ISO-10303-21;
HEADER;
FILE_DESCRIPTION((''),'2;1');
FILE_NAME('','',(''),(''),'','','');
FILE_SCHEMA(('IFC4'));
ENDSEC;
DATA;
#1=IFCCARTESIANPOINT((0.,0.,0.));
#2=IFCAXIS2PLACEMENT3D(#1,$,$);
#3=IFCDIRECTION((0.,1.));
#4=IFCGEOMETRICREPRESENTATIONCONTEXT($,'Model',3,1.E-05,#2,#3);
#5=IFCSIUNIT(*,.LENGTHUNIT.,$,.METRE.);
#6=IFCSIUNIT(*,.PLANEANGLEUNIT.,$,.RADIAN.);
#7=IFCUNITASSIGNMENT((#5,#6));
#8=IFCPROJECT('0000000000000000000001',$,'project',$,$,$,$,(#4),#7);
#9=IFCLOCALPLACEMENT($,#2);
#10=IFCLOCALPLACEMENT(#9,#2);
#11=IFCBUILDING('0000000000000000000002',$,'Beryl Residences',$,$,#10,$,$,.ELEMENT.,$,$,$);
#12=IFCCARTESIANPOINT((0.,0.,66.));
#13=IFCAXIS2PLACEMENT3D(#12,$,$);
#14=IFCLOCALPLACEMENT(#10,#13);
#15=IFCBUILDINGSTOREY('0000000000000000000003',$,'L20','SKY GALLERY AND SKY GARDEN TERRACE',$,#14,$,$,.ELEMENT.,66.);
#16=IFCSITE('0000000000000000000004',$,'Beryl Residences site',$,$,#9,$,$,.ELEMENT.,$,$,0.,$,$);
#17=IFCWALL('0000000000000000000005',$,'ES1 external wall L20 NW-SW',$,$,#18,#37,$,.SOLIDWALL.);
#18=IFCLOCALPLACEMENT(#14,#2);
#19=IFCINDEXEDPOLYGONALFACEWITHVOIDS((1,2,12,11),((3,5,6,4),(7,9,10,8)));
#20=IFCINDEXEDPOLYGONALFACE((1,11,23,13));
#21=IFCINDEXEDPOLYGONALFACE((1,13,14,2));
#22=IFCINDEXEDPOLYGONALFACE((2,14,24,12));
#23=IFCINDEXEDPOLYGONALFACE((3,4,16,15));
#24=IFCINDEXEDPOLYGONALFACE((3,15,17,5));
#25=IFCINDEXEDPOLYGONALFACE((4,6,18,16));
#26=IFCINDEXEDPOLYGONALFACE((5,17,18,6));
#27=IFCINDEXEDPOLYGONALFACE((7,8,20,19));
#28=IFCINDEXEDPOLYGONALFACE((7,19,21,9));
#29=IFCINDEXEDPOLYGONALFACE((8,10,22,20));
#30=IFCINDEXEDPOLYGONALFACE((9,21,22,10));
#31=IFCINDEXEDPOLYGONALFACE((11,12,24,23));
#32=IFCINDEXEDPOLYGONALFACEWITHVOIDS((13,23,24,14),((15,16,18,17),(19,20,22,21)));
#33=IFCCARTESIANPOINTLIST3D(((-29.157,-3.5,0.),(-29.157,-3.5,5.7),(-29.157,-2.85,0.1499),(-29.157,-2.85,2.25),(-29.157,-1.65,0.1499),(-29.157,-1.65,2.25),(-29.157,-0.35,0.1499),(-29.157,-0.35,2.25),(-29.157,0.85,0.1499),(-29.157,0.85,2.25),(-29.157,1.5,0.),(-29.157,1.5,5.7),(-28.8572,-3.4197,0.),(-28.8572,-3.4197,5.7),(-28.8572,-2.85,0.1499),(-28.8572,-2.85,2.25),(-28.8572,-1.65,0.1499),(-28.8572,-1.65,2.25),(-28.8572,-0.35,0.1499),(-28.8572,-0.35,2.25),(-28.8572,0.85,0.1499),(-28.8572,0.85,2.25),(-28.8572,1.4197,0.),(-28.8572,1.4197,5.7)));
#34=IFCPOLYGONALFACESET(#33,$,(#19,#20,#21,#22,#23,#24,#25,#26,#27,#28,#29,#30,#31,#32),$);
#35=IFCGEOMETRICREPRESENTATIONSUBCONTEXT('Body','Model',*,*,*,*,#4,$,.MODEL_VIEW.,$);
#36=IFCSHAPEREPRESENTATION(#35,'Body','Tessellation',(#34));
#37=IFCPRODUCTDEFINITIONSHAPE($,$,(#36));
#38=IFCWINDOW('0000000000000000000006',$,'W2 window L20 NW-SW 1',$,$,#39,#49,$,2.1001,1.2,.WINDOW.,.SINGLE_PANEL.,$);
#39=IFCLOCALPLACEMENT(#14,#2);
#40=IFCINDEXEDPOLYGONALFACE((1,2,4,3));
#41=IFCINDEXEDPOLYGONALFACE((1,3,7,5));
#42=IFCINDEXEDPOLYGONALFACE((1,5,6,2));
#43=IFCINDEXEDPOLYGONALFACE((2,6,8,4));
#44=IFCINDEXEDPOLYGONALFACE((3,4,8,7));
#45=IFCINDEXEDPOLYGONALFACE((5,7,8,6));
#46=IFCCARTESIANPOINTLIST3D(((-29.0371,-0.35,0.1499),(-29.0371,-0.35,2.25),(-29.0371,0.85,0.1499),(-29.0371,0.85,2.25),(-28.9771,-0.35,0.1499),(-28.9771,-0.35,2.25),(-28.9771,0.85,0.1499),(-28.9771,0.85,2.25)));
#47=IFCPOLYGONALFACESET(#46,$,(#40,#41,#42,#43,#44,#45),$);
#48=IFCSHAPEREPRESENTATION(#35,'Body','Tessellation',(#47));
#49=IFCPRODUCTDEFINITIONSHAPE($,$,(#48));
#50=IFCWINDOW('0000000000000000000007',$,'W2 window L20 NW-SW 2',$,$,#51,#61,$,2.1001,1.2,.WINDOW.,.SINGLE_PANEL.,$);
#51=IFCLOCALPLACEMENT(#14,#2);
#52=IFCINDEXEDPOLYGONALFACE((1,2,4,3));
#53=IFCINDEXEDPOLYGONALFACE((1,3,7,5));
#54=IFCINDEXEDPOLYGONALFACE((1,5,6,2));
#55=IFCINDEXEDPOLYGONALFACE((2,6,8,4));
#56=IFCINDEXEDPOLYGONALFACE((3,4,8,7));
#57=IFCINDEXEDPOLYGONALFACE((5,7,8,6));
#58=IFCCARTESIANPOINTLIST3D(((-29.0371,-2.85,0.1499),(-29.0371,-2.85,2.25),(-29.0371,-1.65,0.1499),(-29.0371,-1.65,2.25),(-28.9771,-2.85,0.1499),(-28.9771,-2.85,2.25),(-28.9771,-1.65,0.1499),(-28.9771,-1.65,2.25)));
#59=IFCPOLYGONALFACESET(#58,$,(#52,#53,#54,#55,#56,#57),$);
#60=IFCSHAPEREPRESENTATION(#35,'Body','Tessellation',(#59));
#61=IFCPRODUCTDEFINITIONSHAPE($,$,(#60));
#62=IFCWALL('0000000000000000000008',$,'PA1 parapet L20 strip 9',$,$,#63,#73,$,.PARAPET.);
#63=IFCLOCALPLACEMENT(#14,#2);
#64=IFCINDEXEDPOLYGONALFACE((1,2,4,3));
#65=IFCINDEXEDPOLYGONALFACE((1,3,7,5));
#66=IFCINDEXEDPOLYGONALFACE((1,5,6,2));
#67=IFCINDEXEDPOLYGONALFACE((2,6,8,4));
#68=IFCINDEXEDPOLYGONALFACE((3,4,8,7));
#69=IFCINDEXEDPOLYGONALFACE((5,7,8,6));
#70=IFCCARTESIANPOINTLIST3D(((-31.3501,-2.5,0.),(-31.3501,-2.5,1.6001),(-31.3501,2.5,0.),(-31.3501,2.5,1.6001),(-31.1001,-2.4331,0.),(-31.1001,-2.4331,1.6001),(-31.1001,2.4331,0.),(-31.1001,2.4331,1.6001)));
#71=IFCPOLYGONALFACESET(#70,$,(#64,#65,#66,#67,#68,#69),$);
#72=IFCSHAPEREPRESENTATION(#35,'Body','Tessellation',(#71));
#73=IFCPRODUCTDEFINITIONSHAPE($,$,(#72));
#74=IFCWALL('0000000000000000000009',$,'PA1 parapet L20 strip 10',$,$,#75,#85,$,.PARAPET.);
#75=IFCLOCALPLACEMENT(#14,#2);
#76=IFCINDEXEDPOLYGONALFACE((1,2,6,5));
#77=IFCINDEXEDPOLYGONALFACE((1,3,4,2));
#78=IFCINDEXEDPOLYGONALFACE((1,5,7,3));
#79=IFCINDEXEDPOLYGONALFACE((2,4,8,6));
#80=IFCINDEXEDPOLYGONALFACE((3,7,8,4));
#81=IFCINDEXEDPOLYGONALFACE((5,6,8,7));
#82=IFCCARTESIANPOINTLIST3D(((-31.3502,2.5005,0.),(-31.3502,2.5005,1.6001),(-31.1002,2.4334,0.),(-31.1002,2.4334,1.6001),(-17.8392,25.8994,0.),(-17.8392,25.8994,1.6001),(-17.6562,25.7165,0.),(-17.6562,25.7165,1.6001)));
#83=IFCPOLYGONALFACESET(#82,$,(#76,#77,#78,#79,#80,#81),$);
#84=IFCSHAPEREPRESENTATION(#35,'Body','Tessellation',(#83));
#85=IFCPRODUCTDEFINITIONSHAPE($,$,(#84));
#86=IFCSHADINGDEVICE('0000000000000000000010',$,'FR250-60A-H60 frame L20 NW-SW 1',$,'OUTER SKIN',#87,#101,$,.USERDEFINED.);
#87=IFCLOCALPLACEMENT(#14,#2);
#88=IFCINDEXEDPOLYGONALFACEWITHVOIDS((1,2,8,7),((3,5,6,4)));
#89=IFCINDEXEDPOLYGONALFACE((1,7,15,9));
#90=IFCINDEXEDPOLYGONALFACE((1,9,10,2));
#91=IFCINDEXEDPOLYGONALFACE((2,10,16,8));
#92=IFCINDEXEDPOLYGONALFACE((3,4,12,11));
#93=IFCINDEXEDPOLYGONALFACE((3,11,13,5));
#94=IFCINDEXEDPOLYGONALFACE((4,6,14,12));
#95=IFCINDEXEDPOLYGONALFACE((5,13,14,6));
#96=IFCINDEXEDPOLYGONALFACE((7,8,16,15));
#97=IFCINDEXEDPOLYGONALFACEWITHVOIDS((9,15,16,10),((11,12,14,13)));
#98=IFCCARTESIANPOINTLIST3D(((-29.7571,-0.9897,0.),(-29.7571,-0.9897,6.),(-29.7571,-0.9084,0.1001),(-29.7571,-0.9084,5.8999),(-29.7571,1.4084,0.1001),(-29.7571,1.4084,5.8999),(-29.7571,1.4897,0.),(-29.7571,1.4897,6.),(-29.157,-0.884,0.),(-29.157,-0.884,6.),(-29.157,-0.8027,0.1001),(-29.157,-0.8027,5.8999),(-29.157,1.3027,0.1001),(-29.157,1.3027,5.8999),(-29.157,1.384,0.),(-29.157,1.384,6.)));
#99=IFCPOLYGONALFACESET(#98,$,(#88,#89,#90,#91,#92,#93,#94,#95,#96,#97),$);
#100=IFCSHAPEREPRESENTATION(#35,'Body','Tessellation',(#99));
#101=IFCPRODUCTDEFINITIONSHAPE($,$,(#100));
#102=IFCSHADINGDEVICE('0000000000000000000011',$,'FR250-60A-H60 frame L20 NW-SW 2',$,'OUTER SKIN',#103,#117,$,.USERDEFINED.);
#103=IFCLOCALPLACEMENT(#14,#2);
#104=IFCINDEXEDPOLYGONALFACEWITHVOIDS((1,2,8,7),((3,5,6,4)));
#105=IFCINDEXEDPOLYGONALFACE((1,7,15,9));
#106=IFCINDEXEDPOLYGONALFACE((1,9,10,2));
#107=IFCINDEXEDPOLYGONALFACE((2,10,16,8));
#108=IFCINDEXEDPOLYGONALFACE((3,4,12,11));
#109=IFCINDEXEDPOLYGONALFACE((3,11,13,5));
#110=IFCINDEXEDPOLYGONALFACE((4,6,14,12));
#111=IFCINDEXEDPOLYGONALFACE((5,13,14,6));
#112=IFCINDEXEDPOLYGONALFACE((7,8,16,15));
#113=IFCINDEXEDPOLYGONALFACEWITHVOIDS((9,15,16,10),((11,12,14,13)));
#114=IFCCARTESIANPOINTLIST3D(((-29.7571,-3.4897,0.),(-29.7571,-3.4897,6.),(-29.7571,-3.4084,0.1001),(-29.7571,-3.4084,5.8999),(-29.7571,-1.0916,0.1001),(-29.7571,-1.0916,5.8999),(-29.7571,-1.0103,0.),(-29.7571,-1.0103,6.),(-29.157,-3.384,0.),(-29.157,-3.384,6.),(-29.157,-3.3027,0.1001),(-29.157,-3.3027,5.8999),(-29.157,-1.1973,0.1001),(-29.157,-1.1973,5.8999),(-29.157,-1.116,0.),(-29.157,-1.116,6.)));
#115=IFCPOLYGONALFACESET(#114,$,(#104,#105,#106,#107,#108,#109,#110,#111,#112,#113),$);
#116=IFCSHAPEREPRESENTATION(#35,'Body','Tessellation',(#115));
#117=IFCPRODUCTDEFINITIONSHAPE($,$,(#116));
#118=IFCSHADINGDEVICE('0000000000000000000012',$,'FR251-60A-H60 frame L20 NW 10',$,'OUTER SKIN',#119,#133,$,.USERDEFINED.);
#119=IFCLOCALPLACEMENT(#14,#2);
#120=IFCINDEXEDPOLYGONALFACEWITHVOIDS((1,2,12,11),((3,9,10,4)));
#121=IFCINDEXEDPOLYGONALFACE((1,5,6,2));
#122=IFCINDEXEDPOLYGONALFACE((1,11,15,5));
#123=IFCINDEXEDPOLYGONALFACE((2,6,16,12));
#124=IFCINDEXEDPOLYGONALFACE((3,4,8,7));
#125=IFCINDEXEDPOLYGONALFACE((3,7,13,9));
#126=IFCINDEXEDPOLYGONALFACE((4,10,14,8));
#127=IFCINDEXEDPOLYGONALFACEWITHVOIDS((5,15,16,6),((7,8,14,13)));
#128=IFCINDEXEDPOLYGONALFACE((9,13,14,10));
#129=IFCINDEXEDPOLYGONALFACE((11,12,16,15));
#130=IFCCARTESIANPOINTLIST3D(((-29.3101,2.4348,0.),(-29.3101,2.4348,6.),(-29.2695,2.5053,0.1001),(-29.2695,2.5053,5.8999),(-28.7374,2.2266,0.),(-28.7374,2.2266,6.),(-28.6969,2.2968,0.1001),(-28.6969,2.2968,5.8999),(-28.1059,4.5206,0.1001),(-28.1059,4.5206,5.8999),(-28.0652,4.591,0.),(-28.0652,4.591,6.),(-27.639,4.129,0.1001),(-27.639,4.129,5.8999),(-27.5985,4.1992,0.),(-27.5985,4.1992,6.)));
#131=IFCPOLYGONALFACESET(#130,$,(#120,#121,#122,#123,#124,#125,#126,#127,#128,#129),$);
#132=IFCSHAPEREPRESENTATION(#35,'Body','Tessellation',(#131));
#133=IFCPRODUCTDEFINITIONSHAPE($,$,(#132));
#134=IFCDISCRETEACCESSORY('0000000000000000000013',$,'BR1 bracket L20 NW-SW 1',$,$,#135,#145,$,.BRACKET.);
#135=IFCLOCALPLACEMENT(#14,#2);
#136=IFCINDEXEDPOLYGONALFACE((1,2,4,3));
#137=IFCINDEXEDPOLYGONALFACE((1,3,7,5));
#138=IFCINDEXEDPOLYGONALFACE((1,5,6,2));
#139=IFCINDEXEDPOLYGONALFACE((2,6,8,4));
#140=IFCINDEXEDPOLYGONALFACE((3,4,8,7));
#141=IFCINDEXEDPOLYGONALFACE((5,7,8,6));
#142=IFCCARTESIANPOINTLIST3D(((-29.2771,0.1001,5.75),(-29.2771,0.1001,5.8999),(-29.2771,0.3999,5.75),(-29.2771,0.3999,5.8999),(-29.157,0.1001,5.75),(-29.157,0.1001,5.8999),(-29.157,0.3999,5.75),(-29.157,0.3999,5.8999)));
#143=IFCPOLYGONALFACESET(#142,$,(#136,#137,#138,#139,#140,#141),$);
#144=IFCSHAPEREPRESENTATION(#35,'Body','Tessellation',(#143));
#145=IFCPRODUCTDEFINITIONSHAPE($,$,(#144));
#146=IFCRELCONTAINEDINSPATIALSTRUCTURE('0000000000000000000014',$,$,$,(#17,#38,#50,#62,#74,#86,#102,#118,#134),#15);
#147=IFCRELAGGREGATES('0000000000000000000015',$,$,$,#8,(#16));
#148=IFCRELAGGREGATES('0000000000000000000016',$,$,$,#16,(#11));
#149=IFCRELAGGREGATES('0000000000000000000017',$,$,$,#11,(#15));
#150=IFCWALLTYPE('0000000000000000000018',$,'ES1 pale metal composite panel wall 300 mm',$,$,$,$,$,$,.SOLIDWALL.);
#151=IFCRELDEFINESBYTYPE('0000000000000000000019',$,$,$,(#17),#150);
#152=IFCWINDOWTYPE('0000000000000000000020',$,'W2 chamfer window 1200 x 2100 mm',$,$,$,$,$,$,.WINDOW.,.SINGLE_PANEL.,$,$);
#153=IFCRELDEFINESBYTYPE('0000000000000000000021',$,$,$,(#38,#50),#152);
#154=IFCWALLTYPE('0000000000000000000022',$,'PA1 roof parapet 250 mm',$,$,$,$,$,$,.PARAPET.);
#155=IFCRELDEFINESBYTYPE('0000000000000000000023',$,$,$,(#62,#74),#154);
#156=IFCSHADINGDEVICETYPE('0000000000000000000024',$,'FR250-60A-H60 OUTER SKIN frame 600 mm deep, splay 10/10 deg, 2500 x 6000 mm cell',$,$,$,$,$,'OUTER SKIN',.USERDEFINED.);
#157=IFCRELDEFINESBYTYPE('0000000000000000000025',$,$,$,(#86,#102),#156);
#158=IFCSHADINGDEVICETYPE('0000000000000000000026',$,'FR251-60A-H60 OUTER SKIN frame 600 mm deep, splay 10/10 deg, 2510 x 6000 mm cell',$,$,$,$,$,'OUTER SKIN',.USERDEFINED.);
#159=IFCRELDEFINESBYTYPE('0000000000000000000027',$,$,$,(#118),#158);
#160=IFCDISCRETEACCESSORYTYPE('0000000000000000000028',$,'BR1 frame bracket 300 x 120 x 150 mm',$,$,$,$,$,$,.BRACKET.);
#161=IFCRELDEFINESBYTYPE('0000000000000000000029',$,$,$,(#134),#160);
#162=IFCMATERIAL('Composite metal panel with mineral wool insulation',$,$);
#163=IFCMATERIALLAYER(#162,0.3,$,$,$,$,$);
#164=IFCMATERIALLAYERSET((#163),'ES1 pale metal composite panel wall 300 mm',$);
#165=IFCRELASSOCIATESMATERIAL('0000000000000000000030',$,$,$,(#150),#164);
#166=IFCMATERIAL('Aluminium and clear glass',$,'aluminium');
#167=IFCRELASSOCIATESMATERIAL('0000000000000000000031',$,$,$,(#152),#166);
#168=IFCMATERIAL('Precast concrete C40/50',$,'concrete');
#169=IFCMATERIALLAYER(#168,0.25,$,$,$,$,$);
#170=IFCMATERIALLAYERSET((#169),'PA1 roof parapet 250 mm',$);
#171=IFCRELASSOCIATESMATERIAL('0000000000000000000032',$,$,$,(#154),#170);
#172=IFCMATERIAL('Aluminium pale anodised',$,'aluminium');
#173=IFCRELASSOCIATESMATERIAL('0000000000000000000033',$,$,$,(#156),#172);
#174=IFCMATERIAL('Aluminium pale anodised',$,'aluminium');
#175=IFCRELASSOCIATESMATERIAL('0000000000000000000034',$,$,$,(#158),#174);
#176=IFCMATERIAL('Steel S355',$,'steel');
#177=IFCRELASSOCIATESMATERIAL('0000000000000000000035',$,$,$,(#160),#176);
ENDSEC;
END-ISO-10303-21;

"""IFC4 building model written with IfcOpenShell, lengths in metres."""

from ifc_helpers import new_model, entity, si_unit, direction, frame, frame_2d, origin, place, context, subcontext, project, spatial, polyline, rectangle, outline, extrude, source, transform, mapped, material, layer, layer_set, type_object, type_shapes, element, fill, save


model = new_model("IFC4")

# Units and contexts
model_context = context("Model", 3, precision=1e-05, world=origin(), true_north=direction((0.0, 1.0)))
body_context = subcontext(model_context, "Body", "Model", "MODEL_VIEW")
ifc_project = project(units=[si_unit("LENGTHUNIT", "METRE"), si_unit("PLANEANGLEUNIT", "RADIAN")], contexts=[model_context])

# Site, building, storey
site_placement = place(None, origin())
site = spatial("IfcSite", under=ifc_project, at=site_placement, Name="Beryl Residences site", CompositionType="ELEMENT", RefElevation=0.0)
building_placement = place(site_placement, origin())
building = spatial("IfcBuilding", under=site, at=building_placement, Name="Beryl Residences", CompositionType="ELEMENT")
storey_placement = place(building_placement, frame((0.0, 0.0, 66.0)))
storey = spatial("IfcBuildingStorey", under=building, at=storey_placement, Name="L20", Description="SKY GALLERY AND SKY GARDEN TERRACE", CompositionType="ELEMENT", Elevation=66.0)

# Wall, openings, windows
ifc_material_1 = material(Name="Composite metal panel with mineral wool insulation")
ifc_layer_1 = layer(ifc_material_1, 0.3)
ifc_layer_set_1 = layer_set([ifc_layer_1], Name="ES1 pale metal composite panel wall 300 mm")
wall_type_1 = type_object("IfcWallType", Name="ES1 pale metal composite panel wall 300 mm", PredefinedType="SOLIDWALL", material=ifc_layer_set_1)
wall_1_placement = place(storey_placement, frame((-29.0071, 1.5, 0.0), z_axis=(0.0, 0.0, 1.0), x_axis=(0.0, -1.0, 0.0)))
wall_1 = element("IfcWall", 1, at=wall_1_placement, inside=storey, type_object=wall_type_1, Name="ES1 external wall L20 NW-SW", PredefinedType="SOLIDWALL", context=body_context, shape_type="SweptSolid", body=[
    extrude(outline(polyline([(0.0, -0.1499), (5.0, -0.1499), (4.9197, 0.1499), (0.0803, 0.1499), (0.0, -0.1499)])), origin(), (0.0, 0.0, 1.0), 5.7),
])
opening_1_placement = place(wall_1_placement, frame((0.6499, 0.0, 0.1499)))
opening_1 = element("IfcOpeningElement", 2, at=opening_1_placement, cuts=wall_1, PredefinedType="OPENING", context=body_context, shape_type="SweptSolid", body=[
    extrude(rectangle(XDim=1.2, YDim=2.1001, at=frame_2d((0.6001, 1.05))), frame((0.0, 0.1599, 0.0), z_axis=(0.0, -1.0, 0.0), x_axis=(1.0, 0.0, 0.0)), (0.0, 0.0, 1.0), 0.3201),
])
opening_2_placement = place(wall_1_placement, frame((3.1499, 0.0, 0.1499)))
opening_2 = element("IfcOpeningElement", 3, at=opening_2_placement, cuts=wall_1, PredefinedType="OPENING", context=body_context, shape_type="SweptSolid", body=[
    extrude(rectangle(XDim=1.2, YDim=2.1001, at=frame_2d((0.6001, 1.05))), frame((0.0, 0.1599, 0.0), z_axis=(0.0, -1.0, 0.0), x_axis=(1.0, 0.0, 0.0)), (0.0, 0.0, 1.0), 0.3201),
])
ifc_material_2 = material(Name="Aluminium and clear glass", Category="aluminium")
window_type = type_object("IfcWindowType", Name="W2 chamfer window 1200 x 2100 mm", PartitioningType="SINGLE_PANEL", PredefinedType="WINDOW", material=ifc_material_2)
window_1_placement = place(opening_1_placement, origin())
window_1 = element("IfcWindow", 4, at=window_1_placement, inside=storey, type_object=window_type, Name="W2 window L20 NW-SW 1", OverallHeight=2.1001, OverallWidth=1.2, PartitioningType="SINGLE_PANEL", PredefinedType="WINDOW", context=body_context, shape_type="SweptSolid", body=[
    extrude(rectangle(XDim=1.2, YDim=2.1001, at=frame_2d((0.6001, 1.05))), frame((0.0, 0.03, 0.0), z_axis=(0.0, -1.0, 0.0), x_axis=(1.0, 0.0, 0.0)), (0.0, 0.0, 1.0), 0.0601),
])
fill(opening_1, window_1)
window_2_placement = place(opening_2_placement, origin())
window_2 = element("IfcWindow", 5, at=window_2_placement, inside=storey, type_object=window_type, Name="W2 window L20 NW-SW 2", OverallHeight=2.1001, OverallWidth=1.2, PartitioningType="SINGLE_PANEL", PredefinedType="WINDOW", context=body_context, shape_type="SweptSolid", body=[
    extrude(rectangle(XDim=1.2, YDim=2.1001, at=frame_2d((0.6001, 1.05))), frame((0.0, 0.03, 0.0), z_axis=(0.0, -1.0, 0.0), x_axis=(1.0, 0.0, 0.0)), (0.0, 0.0, 1.0), 0.0601),
])
fill(opening_2, window_2)

# Walls
ifc_material_3 = material(Name="Precast concrete C40/50", Category="concrete")
ifc_layer_2 = layer(ifc_material_3, 0.25)
ifc_layer_set_2 = layer_set([ifc_layer_2], Name="PA1 roof parapet 250 mm")
wall_type_2 = type_object("IfcWallType", Name="PA1 roof parapet 250 mm", PredefinedType="PARAPET", material=ifc_layer_set_2)
wall_2_placement = place(storey_placement, frame((-31.2251, -2.5, 0.0), z_axis=(0.0, 0.0, 1.0), x_axis=(0.0, 1.0, 0.0)))
element("IfcWall", 6, at=wall_2_placement, inside=storey, type_object=wall_type_2, Name="PA1 parapet L20 strip 9", PredefinedType="PARAPET", context=body_context, shape_type="SweptSolid", body=[
    extrude(outline(polyline([(0.0669, -0.125), (4.9331, -0.125), (5.0, 0.125), (0.0, 0.125), (0.0669, -0.125)])), origin(), (0.0, 0.0, 1.0), 1.6001),
])
wall_3_placement = place(storey_placement, frame((-31.2419, 2.438, 0.0), z_axis=(0.0, 0.0, 1.0), x_axis=(0.500045, 0.866, 0.0)))
element("IfcWall", 7, at=wall_3_placement, inside=storey, type_object=wall_type_2, Name="PA1 parapet L20 strip 10", PredefinedType="PARAPET", context=body_context, shape_type="SweptSolid", body=[
    extrude(outline(polyline([(0.0669, -0.125), (26.9526, -0.125), (27.0195, 0.125), (0.0, 0.125), (0.0669, -0.125)])), origin(), (0.0, 0.0, 1.0), 1.6001),
])

# Shading devices
ifc_material_4 = material(Name="Aluminium pale anodised", Category="aluminium")
shading_device_type_1 = type_object("IfcShadingDeviceType", Name="FR250-60A-H60 OUTER SKIN frame 600 mm deep, splay 10/10 deg, 2500 x 6000 mm cell", ElementType="OUTER SKIN", PredefinedType="USERDEFINED", material=ifc_material_4)
cartesian_point_1 = entity("IfcCartesianPoint", [-1.134, 0.0])
cartesian_point_2 = entity("IfcCartesianPoint", [-1.0527, 0.1001])
cartesian_point_3 = entity("IfcCartesianPoint", [-1.2397, 0.0])
cartesian_point_4 = entity("IfcCartesianPoint", [-1.1584, 0.1001])
shared_shape_1 = source(origin(), body_context, "Body", "SweptSolid", [
    entity("IfcExtrudedAreaSolidTapered", entity("IfcArbitraryProfileDefWithVoids", "AREA", None, entity("IfcPolyline", [cartesian_point_1, entity("IfcCartesianPoint", [1.134, 0.0]), entity("IfcCartesianPoint", [1.134, 6.0]), entity("IfcCartesianPoint", [-1.134, 6.0]), cartesian_point_1]), [entity("IfcPolyline", [cartesian_point_2, entity("IfcCartesianPoint", [1.0527, 0.1001]), entity("IfcCartesianPoint", [1.0527, 5.8999]), entity("IfcCartesianPoint", [-1.0527, 5.8999]), cartesian_point_2])]), entity("IfcAxis2Placement3D", entity("IfcCartesianPoint", [0.0, 0.0, 0.0]), entity("IfcDirection", [0.0, 1.0, 0.0]), entity("IfcDirection", [-1.0, 0.0, 0.0])), entity("IfcDirection", [0.0, 0.0, 1.0]), 0.6001, entity("IfcArbitraryProfileDefWithVoids", "AREA", None, entity("IfcPolyline", [cartesian_point_3, entity("IfcCartesianPoint", [1.2397, 0.0]), entity("IfcCartesianPoint", [1.2397, 6.0]), entity("IfcCartesianPoint", [-1.2397, 6.0]), cartesian_point_3]), [entity("IfcPolyline", [cartesian_point_4, entity("IfcCartesianPoint", [1.1584, 0.1001]), entity("IfcCartesianPoint", [1.1584, 5.8999]), entity("IfcCartesianPoint", [-1.1584, 5.8999]), cartesian_point_4])])),
])
type_shapes(shading_device_type_1, [shared_shape_1])
for number, where, z_axis, x_axis, name in (
    (8, (-29.157, 0.25, 0.0), (0.0, 0.0, 1.0), (0.0, 1.0, 0.0), "FR250-60A-H60 frame L20 NW-SW 1"),
    (9, (-29.157, -2.25, 0.0), (0.0, 0.0, 1.0), (0.0, 1.0, 0.0), "FR250-60A-H60 frame L20 NW-SW 2"),
):
    element("IfcShadingDevice", number, at=place(storey_placement, frame(where, z_axis=z_axis, x_axis=x_axis)), inside=storey, type_object=shading_device_type_1, Name=name, ObjectType="OUTER SKIN", PredefinedType="USERDEFINED", context=body_context, shape_type="MappedRepresentation", body=[
        mapped(shared_shape_1, transform((0.0, 0.0, 0.0))),
    ])
ifc_material_5 = material(Name="Aluminium pale anodised", Category="aluminium")
shading_device_type_2 = type_object("IfcShadingDeviceType", Name="FR251-60A-H60 OUTER SKIN frame 600 mm deep, splay 10/10 deg, 2510 x 6000 mm cell", ElementType="OUTER SKIN", PredefinedType="USERDEFINED", material=ifc_material_5)
cartesian_point_5 = entity("IfcCartesianPoint", [-1.1389, 0.0])
cartesian_point_6 = entity("IfcCartesianPoint", [-1.0579, 0.1001])
cartesian_point_7 = entity("IfcCartesianPoint", [-1.2449, 0.0])
cartesian_point_8 = entity("IfcCartesianPoint", [-1.1636, 0.1001])
shared_shape_2 = source(origin(), body_context, "Body", "SweptSolid", [
    entity("IfcExtrudedAreaSolidTapered", entity("IfcArbitraryProfileDefWithVoids", "AREA", None, entity("IfcPolyline", [cartesian_point_5, entity("IfcCartesianPoint", [1.1389, 0.0]), entity("IfcCartesianPoint", [1.1389, 6.0]), entity("IfcCartesianPoint", [-1.1389, 6.0]), cartesian_point_5]), [entity("IfcPolyline", [cartesian_point_6, entity("IfcCartesianPoint", [1.0579, 0.1001]), entity("IfcCartesianPoint", [1.0579, 5.8999]), entity("IfcCartesianPoint", [-1.0579, 5.8999]), cartesian_point_6])]), entity("IfcAxis2Placement3D", entity("IfcCartesianPoint", [0.0, 0.0, 0.0]), entity("IfcDirection", [0.0, 1.0, 0.0]), entity("IfcDirection", [-1.0, 0.0, 0.0])), entity("IfcDirection", [0.0, 0.0, 1.0]), 0.6001, entity("IfcArbitraryProfileDefWithVoids", "AREA", None, entity("IfcPolyline", [cartesian_point_7, entity("IfcCartesianPoint", [1.2449, 0.0]), entity("IfcCartesianPoint", [1.2449, 6.0]), entity("IfcCartesianPoint", [-1.2449, 6.0]), cartesian_point_7]), [entity("IfcPolyline", [cartesian_point_8, entity("IfcCartesianPoint", [1.1636, 0.1001]), entity("IfcCartesianPoint", [1.1636, 5.8999]), entity("IfcCartesianPoint", [-1.1636, 5.8999]), cartesian_point_8])])),
])
type_shapes(shading_device_type_2, [shared_shape_2])
shading_device_placement = place(storey_placement, frame((-28.168, 3.2129, 0.0), z_axis=(0.0, 0.0, 1.0), x_axis=(0.5, 0.866025, 0.0)))
element("IfcShadingDevice", 10, at=shading_device_placement, inside=storey, type_object=shading_device_type_2, Name="FR251-60A-H60 frame L20 NW 10", ObjectType="OUTER SKIN", PredefinedType="USERDEFINED", context=body_context, shape_type="MappedRepresentation", body=[
    mapped(shared_shape_2, transform((0.0, 0.0, 0.0))),
])

# Discrete accessory
ifc_material_6 = material(Name="Steel S355", Category="steel")
discrete_accessory_type = type_object("IfcDiscreteAccessoryType", Name="BR1 frame bracket 300 x 120 x 150 mm", PredefinedType="BRACKET", material=ifc_material_6)
shared_shape_3 = source(origin(), body_context, "Body", "SweptSolid", [
    extrude(outline(polyline([(-0.1499, 0.0), (0.1499, 0.0), (0.1499, 0.1201), (-0.1499, 0.1201), (-0.1499, 0.0)])), origin(), (0.0, 0.0, 1.0), 0.1499),
])
type_shapes(discrete_accessory_type, [shared_shape_3])
discrete_accessory_placement = place(storey_placement, frame((-29.157, 0.25, 5.75), z_axis=(0.0, 0.0, 1.0), x_axis=(0.0, 1.0, 0.0)))
element("IfcDiscreteAccessory", 11, at=discrete_accessory_placement, inside=storey, type_object=discrete_accessory_type, Name="BR1 bracket L20 NW-SW 1", PredefinedType="BRACKET", context=body_context, shape_type="MappedRepresentation", body=[
    mapped(shared_shape_3, transform((0.0, 0.0, 0.0))),
])

save(model, "model.ifc")
